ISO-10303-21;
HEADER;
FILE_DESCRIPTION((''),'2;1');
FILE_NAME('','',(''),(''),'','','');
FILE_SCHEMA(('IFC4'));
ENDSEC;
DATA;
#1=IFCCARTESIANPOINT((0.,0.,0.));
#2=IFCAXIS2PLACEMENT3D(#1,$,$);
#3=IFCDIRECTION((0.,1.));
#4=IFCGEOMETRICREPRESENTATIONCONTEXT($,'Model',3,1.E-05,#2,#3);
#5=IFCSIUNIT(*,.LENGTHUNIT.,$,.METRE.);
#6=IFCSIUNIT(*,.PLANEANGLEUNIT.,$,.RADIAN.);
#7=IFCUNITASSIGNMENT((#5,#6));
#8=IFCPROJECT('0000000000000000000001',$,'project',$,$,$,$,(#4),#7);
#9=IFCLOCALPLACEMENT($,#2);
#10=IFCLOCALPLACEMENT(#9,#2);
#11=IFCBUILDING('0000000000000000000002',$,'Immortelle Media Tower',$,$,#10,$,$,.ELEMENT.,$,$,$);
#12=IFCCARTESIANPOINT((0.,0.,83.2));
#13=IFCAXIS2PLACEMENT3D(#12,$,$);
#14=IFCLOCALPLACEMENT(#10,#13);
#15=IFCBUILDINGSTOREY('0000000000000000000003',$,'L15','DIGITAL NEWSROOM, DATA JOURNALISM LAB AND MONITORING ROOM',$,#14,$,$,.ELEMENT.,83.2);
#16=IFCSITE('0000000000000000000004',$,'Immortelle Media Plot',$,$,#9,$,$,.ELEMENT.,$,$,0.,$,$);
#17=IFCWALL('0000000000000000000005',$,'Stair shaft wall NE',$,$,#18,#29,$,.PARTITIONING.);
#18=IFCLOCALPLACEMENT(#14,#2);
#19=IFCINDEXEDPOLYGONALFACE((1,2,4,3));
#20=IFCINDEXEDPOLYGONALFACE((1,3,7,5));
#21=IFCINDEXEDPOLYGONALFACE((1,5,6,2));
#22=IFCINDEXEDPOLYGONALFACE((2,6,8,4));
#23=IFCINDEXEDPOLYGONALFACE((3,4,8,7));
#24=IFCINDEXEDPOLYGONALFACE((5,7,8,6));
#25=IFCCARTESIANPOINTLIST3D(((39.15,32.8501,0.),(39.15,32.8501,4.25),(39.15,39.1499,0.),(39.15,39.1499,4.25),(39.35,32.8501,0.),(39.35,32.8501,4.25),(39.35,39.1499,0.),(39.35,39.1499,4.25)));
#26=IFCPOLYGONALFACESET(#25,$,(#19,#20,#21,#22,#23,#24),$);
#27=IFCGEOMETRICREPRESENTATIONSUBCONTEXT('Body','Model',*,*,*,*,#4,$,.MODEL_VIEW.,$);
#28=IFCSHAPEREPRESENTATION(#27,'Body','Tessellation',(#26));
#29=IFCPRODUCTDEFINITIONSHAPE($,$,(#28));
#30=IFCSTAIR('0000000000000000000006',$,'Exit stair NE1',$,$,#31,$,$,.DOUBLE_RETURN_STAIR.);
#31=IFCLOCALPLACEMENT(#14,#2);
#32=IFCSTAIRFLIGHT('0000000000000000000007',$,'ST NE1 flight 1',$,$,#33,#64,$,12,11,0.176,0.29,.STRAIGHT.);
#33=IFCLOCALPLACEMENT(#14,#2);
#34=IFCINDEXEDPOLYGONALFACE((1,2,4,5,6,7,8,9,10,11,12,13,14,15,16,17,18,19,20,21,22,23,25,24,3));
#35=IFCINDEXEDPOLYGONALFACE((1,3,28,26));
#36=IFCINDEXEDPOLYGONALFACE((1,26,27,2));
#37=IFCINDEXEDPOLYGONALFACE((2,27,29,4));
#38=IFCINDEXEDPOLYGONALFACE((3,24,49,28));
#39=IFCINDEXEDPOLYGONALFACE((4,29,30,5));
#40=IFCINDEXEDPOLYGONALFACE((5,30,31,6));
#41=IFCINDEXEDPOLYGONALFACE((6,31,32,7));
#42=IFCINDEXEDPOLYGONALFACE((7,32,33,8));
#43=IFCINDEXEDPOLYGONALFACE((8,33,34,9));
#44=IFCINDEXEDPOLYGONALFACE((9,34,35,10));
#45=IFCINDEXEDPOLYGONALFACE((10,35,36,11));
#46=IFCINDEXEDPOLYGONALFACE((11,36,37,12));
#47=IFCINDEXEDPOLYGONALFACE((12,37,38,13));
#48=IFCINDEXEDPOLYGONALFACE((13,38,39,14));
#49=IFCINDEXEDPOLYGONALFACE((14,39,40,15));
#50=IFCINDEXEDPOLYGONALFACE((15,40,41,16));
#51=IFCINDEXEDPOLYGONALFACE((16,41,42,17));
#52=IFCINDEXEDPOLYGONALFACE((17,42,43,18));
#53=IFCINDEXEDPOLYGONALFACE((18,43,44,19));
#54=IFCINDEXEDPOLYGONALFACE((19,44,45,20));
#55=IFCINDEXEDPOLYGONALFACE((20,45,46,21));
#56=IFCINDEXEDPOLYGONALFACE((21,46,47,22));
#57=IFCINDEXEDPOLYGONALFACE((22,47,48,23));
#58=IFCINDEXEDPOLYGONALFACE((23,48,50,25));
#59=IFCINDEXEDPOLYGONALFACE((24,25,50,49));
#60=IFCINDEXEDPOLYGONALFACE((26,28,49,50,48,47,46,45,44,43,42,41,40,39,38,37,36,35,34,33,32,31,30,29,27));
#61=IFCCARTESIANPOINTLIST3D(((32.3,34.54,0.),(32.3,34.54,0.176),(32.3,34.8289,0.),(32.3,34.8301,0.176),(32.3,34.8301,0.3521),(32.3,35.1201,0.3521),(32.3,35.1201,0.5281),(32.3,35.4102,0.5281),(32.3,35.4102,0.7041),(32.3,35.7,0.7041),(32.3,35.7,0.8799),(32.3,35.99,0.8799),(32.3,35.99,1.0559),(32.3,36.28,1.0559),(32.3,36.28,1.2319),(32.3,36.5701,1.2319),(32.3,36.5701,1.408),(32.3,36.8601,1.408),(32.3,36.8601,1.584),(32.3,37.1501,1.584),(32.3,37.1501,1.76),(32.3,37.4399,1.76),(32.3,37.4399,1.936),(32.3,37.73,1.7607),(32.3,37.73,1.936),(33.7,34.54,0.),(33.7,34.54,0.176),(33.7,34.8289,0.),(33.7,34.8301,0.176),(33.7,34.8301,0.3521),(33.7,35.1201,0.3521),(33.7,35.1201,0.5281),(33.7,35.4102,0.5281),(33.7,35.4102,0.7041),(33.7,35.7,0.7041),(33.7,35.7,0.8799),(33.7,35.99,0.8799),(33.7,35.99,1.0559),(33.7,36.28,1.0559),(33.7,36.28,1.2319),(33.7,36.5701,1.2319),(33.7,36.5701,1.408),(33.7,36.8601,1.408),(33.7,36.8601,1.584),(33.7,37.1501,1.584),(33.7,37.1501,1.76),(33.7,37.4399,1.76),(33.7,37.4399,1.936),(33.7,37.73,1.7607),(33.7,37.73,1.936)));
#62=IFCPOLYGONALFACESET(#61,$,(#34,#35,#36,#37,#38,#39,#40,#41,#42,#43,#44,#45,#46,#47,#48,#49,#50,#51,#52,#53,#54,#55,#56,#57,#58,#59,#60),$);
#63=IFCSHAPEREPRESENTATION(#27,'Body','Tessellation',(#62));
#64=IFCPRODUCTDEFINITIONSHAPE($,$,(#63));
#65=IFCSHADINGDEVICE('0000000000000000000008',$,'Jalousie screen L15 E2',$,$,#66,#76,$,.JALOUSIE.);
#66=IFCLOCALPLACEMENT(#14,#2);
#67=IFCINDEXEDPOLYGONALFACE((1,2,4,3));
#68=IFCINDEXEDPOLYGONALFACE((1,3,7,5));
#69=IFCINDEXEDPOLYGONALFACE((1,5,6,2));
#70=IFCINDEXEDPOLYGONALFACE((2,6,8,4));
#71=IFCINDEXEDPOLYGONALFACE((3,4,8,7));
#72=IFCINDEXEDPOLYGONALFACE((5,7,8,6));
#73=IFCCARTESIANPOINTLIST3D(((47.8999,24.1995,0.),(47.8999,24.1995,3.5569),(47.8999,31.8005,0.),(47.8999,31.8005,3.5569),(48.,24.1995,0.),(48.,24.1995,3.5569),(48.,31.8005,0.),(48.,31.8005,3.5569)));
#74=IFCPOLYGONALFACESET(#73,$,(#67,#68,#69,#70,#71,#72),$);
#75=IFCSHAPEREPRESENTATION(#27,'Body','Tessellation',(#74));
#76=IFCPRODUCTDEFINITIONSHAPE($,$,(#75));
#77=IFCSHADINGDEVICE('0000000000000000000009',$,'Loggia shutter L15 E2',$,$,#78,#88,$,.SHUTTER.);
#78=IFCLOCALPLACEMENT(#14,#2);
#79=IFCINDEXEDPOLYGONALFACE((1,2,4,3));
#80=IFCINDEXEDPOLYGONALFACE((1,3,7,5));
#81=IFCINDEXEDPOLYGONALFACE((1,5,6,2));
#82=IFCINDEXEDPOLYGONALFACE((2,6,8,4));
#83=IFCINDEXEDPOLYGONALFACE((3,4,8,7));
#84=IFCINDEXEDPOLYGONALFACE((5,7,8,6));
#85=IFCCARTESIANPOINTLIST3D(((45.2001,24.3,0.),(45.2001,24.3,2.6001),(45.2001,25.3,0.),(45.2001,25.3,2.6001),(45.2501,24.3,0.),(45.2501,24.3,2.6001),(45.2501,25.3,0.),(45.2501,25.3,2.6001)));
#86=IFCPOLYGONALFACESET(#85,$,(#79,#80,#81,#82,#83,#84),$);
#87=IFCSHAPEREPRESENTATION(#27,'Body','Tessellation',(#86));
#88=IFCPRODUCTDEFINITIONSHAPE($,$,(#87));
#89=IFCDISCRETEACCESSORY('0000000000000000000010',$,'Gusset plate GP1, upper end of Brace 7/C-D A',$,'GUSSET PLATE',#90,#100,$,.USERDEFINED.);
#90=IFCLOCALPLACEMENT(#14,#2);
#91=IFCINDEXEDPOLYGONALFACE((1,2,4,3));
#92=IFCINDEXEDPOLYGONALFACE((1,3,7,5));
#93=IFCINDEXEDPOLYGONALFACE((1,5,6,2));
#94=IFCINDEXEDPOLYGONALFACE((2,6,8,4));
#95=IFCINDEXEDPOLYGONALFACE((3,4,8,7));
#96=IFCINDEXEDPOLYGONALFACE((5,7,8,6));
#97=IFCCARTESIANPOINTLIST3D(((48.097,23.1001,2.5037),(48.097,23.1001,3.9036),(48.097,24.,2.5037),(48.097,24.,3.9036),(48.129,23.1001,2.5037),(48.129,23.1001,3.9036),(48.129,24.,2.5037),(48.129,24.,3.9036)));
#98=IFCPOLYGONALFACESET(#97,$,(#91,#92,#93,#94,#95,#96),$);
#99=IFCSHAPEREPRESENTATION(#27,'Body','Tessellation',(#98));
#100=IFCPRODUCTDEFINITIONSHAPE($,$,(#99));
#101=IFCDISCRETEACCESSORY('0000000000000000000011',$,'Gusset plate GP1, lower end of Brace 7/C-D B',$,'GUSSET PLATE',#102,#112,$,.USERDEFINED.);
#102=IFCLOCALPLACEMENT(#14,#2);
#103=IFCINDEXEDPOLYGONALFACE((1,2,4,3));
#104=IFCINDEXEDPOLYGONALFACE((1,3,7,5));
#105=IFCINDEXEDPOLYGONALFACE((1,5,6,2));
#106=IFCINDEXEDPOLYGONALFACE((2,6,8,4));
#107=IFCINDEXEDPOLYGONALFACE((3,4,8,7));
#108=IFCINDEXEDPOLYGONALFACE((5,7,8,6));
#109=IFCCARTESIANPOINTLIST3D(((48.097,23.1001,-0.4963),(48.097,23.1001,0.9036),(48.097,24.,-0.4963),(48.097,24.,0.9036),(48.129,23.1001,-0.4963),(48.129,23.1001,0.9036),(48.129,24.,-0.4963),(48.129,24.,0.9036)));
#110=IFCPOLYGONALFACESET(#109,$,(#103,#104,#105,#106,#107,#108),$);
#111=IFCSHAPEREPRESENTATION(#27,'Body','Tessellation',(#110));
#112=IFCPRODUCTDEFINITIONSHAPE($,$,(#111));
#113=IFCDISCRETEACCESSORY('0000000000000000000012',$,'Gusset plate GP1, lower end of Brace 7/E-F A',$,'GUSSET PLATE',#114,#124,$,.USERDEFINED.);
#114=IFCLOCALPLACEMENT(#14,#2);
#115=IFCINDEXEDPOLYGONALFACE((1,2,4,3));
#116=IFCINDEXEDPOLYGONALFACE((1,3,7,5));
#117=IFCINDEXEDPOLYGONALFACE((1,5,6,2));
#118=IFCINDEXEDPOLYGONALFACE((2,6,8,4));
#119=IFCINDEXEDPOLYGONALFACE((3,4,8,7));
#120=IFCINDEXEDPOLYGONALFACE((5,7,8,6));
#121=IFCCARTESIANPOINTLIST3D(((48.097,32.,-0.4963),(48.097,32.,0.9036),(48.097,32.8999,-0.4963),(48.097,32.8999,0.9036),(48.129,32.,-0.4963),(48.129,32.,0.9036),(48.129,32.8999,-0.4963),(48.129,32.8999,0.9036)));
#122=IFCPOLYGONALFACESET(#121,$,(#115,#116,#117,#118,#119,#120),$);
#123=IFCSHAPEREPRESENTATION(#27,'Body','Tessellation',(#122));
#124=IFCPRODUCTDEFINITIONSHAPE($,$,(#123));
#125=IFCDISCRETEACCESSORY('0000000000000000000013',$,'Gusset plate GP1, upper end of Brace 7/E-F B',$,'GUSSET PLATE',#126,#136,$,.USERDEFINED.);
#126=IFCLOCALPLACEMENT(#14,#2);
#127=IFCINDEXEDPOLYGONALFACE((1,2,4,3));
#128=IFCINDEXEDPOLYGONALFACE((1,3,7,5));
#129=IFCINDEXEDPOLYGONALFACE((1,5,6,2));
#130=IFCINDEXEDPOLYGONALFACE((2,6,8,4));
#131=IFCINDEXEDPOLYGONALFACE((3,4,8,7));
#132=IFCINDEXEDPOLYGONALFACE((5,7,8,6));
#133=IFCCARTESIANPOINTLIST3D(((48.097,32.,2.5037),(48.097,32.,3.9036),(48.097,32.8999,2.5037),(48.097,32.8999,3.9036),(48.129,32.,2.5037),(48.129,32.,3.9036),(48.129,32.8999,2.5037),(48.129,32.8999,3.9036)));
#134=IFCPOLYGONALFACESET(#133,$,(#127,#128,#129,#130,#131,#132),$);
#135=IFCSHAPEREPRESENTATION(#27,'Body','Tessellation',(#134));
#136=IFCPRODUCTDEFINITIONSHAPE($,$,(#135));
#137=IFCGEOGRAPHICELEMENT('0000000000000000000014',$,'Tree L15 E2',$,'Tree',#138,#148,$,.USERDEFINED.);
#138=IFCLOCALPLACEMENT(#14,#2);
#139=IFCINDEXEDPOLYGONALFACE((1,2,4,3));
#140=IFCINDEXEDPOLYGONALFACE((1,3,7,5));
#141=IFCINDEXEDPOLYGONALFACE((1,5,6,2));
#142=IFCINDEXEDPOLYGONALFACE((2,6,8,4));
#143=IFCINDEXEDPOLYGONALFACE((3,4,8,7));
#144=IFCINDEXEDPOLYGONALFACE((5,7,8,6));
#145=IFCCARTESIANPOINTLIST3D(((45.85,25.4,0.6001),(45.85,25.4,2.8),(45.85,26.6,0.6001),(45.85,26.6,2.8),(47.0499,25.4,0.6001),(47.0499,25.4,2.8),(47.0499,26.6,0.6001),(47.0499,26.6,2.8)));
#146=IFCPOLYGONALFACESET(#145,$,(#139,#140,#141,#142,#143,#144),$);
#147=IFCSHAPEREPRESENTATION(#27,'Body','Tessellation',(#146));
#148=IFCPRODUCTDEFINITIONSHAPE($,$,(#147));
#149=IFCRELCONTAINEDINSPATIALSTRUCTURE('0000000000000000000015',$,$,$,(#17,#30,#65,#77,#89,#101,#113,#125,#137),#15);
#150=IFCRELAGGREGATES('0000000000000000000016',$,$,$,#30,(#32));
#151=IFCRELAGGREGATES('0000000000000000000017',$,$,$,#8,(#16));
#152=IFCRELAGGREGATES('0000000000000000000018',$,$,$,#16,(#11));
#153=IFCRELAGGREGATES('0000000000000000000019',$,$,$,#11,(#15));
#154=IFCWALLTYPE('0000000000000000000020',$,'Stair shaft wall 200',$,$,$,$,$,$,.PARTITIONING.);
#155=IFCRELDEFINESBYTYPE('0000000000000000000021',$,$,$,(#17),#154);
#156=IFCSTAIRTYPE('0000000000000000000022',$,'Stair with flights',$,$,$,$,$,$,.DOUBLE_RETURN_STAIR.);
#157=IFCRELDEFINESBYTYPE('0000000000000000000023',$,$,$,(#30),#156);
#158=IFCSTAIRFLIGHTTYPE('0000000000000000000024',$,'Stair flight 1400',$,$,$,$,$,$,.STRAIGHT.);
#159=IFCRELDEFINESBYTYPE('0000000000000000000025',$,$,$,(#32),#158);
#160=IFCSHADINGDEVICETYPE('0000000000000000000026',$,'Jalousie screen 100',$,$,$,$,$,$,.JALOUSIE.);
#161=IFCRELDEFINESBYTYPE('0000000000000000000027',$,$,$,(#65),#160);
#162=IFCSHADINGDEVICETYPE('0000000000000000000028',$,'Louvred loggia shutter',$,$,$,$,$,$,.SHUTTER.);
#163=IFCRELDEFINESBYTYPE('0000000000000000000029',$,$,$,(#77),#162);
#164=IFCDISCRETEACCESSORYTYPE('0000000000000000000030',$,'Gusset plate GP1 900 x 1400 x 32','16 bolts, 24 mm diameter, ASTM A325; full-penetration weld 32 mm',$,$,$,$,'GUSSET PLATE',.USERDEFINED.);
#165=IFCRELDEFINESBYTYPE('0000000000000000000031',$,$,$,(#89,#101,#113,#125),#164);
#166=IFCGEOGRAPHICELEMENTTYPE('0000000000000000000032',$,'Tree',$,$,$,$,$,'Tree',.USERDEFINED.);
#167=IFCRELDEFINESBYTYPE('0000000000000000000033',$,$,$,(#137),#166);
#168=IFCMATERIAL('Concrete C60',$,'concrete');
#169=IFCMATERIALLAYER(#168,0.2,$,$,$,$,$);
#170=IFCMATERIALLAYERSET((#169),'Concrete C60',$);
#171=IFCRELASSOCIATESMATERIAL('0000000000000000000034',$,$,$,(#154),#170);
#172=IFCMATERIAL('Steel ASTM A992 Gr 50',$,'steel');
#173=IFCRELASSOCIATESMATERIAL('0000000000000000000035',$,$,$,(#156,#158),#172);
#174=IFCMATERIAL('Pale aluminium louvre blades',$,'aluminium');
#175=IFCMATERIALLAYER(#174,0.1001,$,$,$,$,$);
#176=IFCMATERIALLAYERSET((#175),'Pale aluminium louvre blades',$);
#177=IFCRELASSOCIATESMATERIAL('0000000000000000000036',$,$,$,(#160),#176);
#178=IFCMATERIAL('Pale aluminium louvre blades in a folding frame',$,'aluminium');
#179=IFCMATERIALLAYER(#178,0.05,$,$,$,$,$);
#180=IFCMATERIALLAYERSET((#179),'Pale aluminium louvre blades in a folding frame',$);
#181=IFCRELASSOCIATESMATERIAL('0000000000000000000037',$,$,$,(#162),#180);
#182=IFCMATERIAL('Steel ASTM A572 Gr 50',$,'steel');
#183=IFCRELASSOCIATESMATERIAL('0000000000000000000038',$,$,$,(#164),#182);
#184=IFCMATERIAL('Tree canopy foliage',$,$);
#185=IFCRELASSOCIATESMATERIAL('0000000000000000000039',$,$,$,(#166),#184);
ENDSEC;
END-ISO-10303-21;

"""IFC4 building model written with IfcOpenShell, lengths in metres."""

from ifc_helpers import new_model, si_unit, direction, frame, frame_2d, origin, origin_2d, place, context, subcontext, project, spatial, polyline, rectangle, outline, extrude, material, layer, layer_set, material_profile, profile_set, type_object, element, aggregate, save


model = new_model("IFC4")

# Units and contexts
model_context = context("Model", 3, precision=1e-05, world=origin(), true_north=direction((0.0, 1.0)))
body_context = subcontext(model_context, "Body", "Model", "MODEL_VIEW")
ifc_project = project(units=[si_unit("LENGTHUNIT", "METRE"), si_unit("PLANEANGLEUNIT", "RADIAN")], contexts=[model_context])

# Site, building, storey
site_placement = place(None, origin())
site = spatial("IfcSite", under=ifc_project, at=site_placement, Name="Immortelle Media Plot", CompositionType="ELEMENT", RefElevation=0.0)
building_placement = place(site_placement, origin())
building = spatial("IfcBuilding", under=site, at=building_placement, Name="Immortelle Media Tower", CompositionType="ELEMENT")
storey_placement = place(building_placement, frame((0.0, 0.0, 83.2)))
storey = spatial("IfcBuildingStorey", under=building, at=storey_placement, Name="L15", Description="DIGITAL NEWSROOM, DATA JOURNALISM LAB AND MONITORING ROOM", CompositionType="ELEMENT", Elevation=83.2)

# Shared definitions
ifc_material_1 = material(Name="Steel ASTM A992 Gr 50", Category="steel")

# Wall
ifc_material_2 = material(Name="Concrete C60", Category="concrete")
ifc_layer_1 = layer(ifc_material_2, 0.2)
ifc_layer_set_1 = layer_set([ifc_layer_1], Name="Concrete C60")
wall_type_1 = type_object("IfcWallType", Name="Stair shaft wall 200", PredefinedType="PARTITIONING", material=ifc_layer_set_1)
for number, where, z_axis, x_axis, name in (
    (1, (39.25, 32.8501, 0.0), (0.0, 0.0, 1.0), (0.0, 1.0, 0.0), "Stair shaft wall NE"),
):
    element("IfcWall", number, at=place(storey_placement, frame(where, z_axis=z_axis, x_axis=x_axis)), inside=storey, type_object=wall_type_1, Name=name, PredefinedType="PARTITIONING", context=body_context, shape_type="SweptSolid", body=[
        extrude(rectangle(XDim=6.2998, YDim=0.2, at=frame_2d((3.1499, 0.0))), origin(), (0.0, 0.0, 1.0), 4.25),
    ])

# Stair, stair flight
stair_type = type_object("IfcStairType", Name="Stair with flights", PredefinedType="DOUBLE_RETURN_STAIR", material=ifc_material_1)
stair_placement = place(storey_placement, origin())
stair = element("IfcStair", 2, at=stair_placement, inside=storey, type_object=stair_type, Name="Exit stair NE1", PredefinedType="DOUBLE_RETURN_STAIR")
stair_flight_type = type_object("IfcStairFlightType", Name="Stair flight 1400", PredefinedType="STRAIGHT", material=ifc_material_1)
stair_flight_placement = place(storey_placement, frame((33.0, 34.54, 0.0), z_axis=(0.0, 0.0, 1.0), x_axis=(0.0, 1.0, 0.0)))
stair_flight = element("IfcStairFlight", 3, at=stair_flight_placement, type_object=stair_flight_type, Name="ST NE1 flight 1", NumberOfRisers=12, NumberOfTreads=11, PredefinedType="STRAIGHT", RiserHeight=0.176, TreadLength=0.29, context=body_context, shape_type="SweptSolid", body=[
    extrude(outline(polyline([(0.0, 0.0), (0.0, 0.176), (0.29, 0.176), (0.29, 0.3521), (0.5801, 0.3521), (0.5801, 0.5281), (0.8701, 0.5281), (0.8701, 0.7041), (1.1599, 0.7041), (1.1599, 0.8799), (1.45, 0.8799), (1.45, 1.0559), (1.74, 1.0559), (1.74, 1.2319), (2.03, 1.2319), (2.03, 1.408), (2.3201, 1.408), (2.3201, 1.584), (2.6101, 1.584), (2.6101, 1.76), (2.8999, 1.76), (2.8999, 1.936), (3.1899, 1.936), (3.1899, 2.1121), (3.1899, 1.7607), (0.2888, 0.0), (0.0, 0.0)])), frame((0.0, 0.7, 0.0), z_axis=(0.0, -1.0, 0.0), x_axis=(1.0, 0.0, 0.0)), (0.0, 0.0, 1.0), 1.3999),
])
aggregate(stair, [stair_flight])

# Shading devices
ifc_material_3 = material(Name="Pale aluminium louvre blades", Category="aluminium")
ifc_layer_2 = layer(ifc_material_3, 0.1001)
ifc_layer_set_2 = layer_set([ifc_layer_2], Name="Pale aluminium louvre blades")
shading_device_type_1 = type_object("IfcShadingDeviceType", Name="Jalousie screen 100", PredefinedType="JALOUSIE", material=ifc_layer_set_2)
shading_device_1_placement = place(storey_placement, frame((47.95, 28.0, 0.0), z_axis=(0.0, 0.0, 1.0), x_axis=(0.0, 1.0, 0.0)))
element("IfcShadingDevice", 4, at=shading_device_1_placement, inside=storey, type_object=shading_device_type_1, Name="Jalousie screen L15 E2", PredefinedType="JALOUSIE", context=body_context, shape_type="SweptSolid", body=[
    extrude(rectangle(XDim=7.6011, YDim=0.1001, at=origin_2d()), origin(), (0.0, 0.0, 1.0), 3.5569),
])
ifc_material_4 = material(Name="Pale aluminium louvre blades in a folding frame", Category="aluminium")
ifc_layer_3 = layer(ifc_material_4, 0.05)
ifc_layer_set_3 = layer_set([ifc_layer_3], Name="Pale aluminium louvre blades in a folding frame")
shading_device_type_2 = type_object("IfcShadingDeviceType", Name="Louvred loggia shutter", PredefinedType="SHUTTER", material=ifc_layer_set_3)
shading_device_2_placement = place(storey_placement, frame((45.2251, 24.8, 0.0), z_axis=(0.0, 0.0, 1.0), x_axis=(0.0, 1.0, 0.0)))
element("IfcShadingDevice", 5, at=shading_device_2_placement, inside=storey, type_object=shading_device_type_2, Name="Loggia shutter L15 E2", PredefinedType="SHUTTER", context=body_context, shape_type="SweptSolid", body=[
    extrude(rectangle(XDim=1.0, YDim=0.05, at=origin_2d()), origin(), (0.0, 0.0, 1.0), 2.6001),
])

# Discrete accessories
ifc_material_5 = material(Name="Steel ASTM A572 Gr 50", Category="steel")
ifc_material_profile_1 = material_profile(ifc_material_5, rectangle(XDim=0.032, YDim=1.3999, at=origin_2d()), Name="PL 32 x 1400")
ifc_profile_set_1 = profile_set([ifc_material_profile_1], Name="Steel ASTM A572 Gr 50")
discrete_accessory_type = type_object("IfcDiscreteAccessoryType", Name="Gusset plate GP1 900 x 1400 x 32", Description="16 bolts, 24 mm diameter, ASTM A325; full-penetration weld 32 mm", ElementType="GUSSET PLATE", PredefinedType="USERDEFINED", material=ifc_profile_set_1)
for number, where, z_axis, x_axis, name in (
    (6, (48.113, 24.0, 3.2036), (0.0, -1.0, 0.0), (1.0, 0.0, 0.0), "Gusset plate GP1, upper end of Brace 7/C-D A"),
    (7, (48.113, 24.0, 0.2036), (0.0, -1.0, 0.0), (1.0, 0.0, 0.0), "Gusset plate GP1, lower end of Brace 7/C-D B"),
    (8, (48.113, 32.0, 0.2036), (0.0, 1.0, 0.0), (-1.0, 0.0, 0.0), "Gusset plate GP1, lower end of Brace 7/E-F A"),
    (9, (48.113, 32.0, 3.2036), (0.0, 1.0, 0.0), (-1.0, 0.0, 0.0), "Gusset plate GP1, upper end of Brace 7/E-F B"),
):
    element("IfcDiscreteAccessory", number, at=place(storey_placement, frame(where, z_axis=z_axis, x_axis=x_axis)), inside=storey, type_object=discrete_accessory_type, Name=name, ObjectType="GUSSET PLATE", PredefinedType="USERDEFINED", context=body_context, shape_type="SweptSolid", body=[
        extrude(rectangle(XDim=0.032, YDim=1.3999, at=origin_2d()), origin(), (0.0, 0.0, 1.0), 0.8999),
    ])

# Geographic element
ifc_material_6 = material(Name="Tree canopy foliage")
geographic_element_type = type_object("IfcGeographicElementType", Name="Tree", ElementType="Tree", PredefinedType="USERDEFINED", material=ifc_material_6)
geographic_element_placement = place(storey_placement, frame((46.45, 26.0, 0.6001), z_axis=(0.0, 0.0, 1.0), x_axis=(1.0, 0.0, 0.0)))
element("IfcGeographicElement", 10, at=geographic_element_placement, inside=storey, type_object=geographic_element_type, Name="Tree L15 E2", ObjectType="Tree", PredefinedType="USERDEFINED", context=body_context, shape_type="SweptSolid", body=[
    extrude(rectangle(XDim=1.2, YDim=1.2, at=origin_2d()), origin(), (0.0, 0.0, 1.0), 2.2),
])

save(model, "model.ifc")
